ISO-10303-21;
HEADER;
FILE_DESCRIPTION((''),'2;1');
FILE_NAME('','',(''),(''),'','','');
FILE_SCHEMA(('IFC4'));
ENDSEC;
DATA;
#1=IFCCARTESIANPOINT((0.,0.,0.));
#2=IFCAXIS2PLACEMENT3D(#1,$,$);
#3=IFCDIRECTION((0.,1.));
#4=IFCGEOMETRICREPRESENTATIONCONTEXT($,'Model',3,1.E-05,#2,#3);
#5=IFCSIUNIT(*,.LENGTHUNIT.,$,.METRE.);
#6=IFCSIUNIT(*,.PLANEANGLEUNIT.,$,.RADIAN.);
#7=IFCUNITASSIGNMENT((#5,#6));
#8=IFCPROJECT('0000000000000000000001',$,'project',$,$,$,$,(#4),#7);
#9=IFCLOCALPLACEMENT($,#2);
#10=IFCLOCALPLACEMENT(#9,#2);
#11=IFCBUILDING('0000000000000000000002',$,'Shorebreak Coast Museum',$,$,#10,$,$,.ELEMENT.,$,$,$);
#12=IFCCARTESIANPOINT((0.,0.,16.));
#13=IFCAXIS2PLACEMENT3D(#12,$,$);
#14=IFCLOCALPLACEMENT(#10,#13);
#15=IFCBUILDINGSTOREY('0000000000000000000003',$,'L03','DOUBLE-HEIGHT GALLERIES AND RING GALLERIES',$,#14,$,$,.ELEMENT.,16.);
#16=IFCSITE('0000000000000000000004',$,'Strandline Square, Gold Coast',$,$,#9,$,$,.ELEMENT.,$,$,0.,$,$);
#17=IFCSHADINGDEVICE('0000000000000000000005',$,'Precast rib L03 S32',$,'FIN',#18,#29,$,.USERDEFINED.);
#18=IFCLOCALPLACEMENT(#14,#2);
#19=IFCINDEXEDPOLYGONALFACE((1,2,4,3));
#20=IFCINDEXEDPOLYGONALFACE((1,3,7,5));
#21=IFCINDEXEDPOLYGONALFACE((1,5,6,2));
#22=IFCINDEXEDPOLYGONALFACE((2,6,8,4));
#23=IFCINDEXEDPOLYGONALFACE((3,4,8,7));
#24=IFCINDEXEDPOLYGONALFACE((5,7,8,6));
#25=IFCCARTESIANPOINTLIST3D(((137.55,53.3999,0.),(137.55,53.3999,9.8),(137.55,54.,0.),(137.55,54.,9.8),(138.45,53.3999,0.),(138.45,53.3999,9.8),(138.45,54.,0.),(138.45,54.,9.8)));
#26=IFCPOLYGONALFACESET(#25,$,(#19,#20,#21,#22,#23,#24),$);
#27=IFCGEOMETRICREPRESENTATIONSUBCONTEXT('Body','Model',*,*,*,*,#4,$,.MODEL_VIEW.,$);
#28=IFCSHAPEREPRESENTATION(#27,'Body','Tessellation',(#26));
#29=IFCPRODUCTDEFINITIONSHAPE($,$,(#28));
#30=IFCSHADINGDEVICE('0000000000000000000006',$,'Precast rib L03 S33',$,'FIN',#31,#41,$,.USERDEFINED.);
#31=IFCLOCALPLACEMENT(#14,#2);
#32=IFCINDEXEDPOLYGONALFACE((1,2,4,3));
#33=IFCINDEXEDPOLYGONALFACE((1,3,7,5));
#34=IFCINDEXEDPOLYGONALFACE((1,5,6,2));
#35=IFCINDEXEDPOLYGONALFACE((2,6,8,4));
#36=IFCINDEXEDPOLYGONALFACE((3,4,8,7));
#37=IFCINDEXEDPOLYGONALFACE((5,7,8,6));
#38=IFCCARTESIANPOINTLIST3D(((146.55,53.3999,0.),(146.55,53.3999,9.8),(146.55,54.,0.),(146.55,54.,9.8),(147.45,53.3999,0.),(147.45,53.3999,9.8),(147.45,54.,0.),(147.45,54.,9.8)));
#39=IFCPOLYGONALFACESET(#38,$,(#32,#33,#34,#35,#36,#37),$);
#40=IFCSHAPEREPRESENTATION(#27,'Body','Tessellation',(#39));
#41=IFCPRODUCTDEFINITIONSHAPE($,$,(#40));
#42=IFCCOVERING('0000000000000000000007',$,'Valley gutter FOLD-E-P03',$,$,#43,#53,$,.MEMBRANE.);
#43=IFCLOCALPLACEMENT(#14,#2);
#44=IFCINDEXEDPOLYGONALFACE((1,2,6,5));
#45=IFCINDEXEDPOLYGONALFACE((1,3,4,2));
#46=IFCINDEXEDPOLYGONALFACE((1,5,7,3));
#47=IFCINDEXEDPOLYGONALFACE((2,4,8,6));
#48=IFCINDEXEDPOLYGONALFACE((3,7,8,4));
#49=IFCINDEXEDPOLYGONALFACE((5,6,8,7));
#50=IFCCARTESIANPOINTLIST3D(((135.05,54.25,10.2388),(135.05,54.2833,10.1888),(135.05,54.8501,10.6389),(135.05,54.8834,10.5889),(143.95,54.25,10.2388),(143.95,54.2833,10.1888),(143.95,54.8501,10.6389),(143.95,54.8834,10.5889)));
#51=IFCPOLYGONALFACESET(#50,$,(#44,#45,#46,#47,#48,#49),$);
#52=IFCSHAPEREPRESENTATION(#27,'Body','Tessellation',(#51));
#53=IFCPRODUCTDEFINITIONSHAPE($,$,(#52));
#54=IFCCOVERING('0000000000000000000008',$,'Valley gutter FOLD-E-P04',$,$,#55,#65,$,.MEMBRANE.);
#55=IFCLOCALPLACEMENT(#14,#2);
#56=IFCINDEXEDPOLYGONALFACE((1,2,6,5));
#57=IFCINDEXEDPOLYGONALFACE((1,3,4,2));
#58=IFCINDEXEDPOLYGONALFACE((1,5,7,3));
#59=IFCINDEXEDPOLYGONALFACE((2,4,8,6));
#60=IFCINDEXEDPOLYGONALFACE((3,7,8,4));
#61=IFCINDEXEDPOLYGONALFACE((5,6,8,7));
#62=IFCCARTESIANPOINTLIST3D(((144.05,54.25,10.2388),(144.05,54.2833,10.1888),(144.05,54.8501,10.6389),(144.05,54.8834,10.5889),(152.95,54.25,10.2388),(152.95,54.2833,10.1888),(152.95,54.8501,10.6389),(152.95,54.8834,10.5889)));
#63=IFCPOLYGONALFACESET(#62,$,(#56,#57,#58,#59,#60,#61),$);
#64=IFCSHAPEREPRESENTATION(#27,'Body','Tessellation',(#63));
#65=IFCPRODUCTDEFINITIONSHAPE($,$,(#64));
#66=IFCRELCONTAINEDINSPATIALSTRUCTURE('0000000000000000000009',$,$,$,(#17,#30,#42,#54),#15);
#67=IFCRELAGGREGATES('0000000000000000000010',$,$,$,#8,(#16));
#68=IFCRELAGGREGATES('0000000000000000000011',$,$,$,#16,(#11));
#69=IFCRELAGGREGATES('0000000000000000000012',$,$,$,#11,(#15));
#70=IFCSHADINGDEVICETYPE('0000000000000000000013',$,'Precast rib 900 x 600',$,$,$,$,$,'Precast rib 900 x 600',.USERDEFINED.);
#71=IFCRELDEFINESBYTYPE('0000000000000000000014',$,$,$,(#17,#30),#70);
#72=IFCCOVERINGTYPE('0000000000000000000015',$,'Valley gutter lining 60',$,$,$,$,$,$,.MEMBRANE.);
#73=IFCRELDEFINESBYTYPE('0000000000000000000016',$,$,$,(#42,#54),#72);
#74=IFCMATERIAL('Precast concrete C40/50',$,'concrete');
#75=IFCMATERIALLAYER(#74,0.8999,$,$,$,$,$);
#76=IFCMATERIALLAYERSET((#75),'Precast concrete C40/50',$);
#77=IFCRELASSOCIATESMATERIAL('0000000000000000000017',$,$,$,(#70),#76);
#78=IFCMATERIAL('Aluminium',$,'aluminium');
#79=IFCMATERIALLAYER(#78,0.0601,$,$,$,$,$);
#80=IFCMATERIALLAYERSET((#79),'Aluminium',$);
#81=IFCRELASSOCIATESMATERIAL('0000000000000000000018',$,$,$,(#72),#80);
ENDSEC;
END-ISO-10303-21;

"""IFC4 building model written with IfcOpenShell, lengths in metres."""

from ifc_helpers import new_model, si_unit, direction, frame, origin, origin_2d, place, context, subcontext, project, spatial, polyline, rectangle, outline, extrude, material, layer, layer_set, type_object, element, save


model = new_model("IFC4")

# Units and contexts
model_context = context("Model", 3, precision=1e-05, world=origin(), true_north=direction((0.0, 1.0)))
body_context = subcontext(model_context, "Body", "Model", "MODEL_VIEW")
ifc_project = project(units=[si_unit("LENGTHUNIT", "METRE"), si_unit("PLANEANGLEUNIT", "RADIAN")], contexts=[model_context])

# Site, building, storey
site_placement = place(None, origin())
site = spatial("IfcSite", under=ifc_project, at=site_placement, Name="Strandline Square, Gold Coast", CompositionType="ELEMENT", RefElevation=0.0)
building_placement = place(site_placement, origin())
building = spatial("IfcBuilding", under=site, at=building_placement, Name="Shorebreak Coast Museum", CompositionType="ELEMENT")
storey_placement = place(building_placement, frame((0.0, 0.0, 16.0)))
storey = spatial("IfcBuildingStorey", under=building, at=storey_placement, Name="L03", Description="DOUBLE-HEIGHT GALLERIES AND RING GALLERIES", CompositionType="ELEMENT", Elevation=16.0)

# Shading devices
ifc_material_1 = material(Name="Precast concrete C40/50", Category="concrete")
ifc_layer_1 = layer(ifc_material_1, 0.8999)
ifc_layer_set_1 = layer_set([ifc_layer_1], Name="Precast concrete C40/50")
shading_device_type = type_object("IfcShadingDeviceType", Name="Precast rib 900 x 600", ElementType="Precast rib 900 x 600", PredefinedType="USERDEFINED", material=ifc_layer_set_1)
for number, where, z_axis, x_axis, name in (
    (1, (138.0, 53.7, 0.0), (0.0, 0.0, 1.0), (1.0, 0.0, 0.0), "Precast rib L03 S32"),
    (2, (147.0, 53.7, 0.0), (0.0, 0.0, 1.0), (1.0, 0.0, 0.0), "Precast rib L03 S33"),
):
    element("IfcShadingDevice", number, at=place(storey_placement, frame(where, z_axis=z_axis, x_axis=x_axis)), inside=storey, type_object=shading_device_type, Name=name, ObjectType="FIN", PredefinedType="USERDEFINED", context=body_context, shape_type="SweptSolid", body=[
        extrude(rectangle(XDim=0.8999, YDim=0.6001, at=origin_2d()), origin(), (0.0, 0.0, 1.0), 9.8),
    ])

# Coverings
ifc_material_2 = material(Name="Aluminium", Category="aluminium")
ifc_layer_2 = layer(ifc_material_2, 0.0601)
ifc_layer_set_2 = layer_set([ifc_layer_2], Name="Aluminium")
covering_type_1 = type_object("IfcCoveringType", Name="Valley gutter lining 60", PredefinedType="MEMBRANE", material=ifc_layer_set_2)
for number, where, z_axis, x_axis, name in (
    (3, (135.05, 54.25, 10.2388), (0.0, -0.554778, 0.831998), (1.0, 0.0, 0.0), "Valley gutter FOLD-E-P03"),
    (4, (144.05, 54.25, 10.2388), (0.0, -0.554778, 0.831998), (1.0, 0.0, 0.0), "Valley gutter FOLD-E-P04"),
):
    element("IfcCovering", number, at=place(storey_placement, frame(where, z_axis=z_axis, x_axis=x_axis)), inside=storey, type_object=covering_type_1, Name=name, PredefinedType="MEMBRANE", context=body_context, shape_type="SweptSolid", body=[
        extrude(outline(polyline([(0.0, 0.0), (8.8999, 0.0), (8.8999, 0.7213), (0.0, 0.7213), (0.0, 0.0)])), origin(), (0.0, 0.0, -1.0), 0.0601),
    ])

save(model, "model.ifc")
